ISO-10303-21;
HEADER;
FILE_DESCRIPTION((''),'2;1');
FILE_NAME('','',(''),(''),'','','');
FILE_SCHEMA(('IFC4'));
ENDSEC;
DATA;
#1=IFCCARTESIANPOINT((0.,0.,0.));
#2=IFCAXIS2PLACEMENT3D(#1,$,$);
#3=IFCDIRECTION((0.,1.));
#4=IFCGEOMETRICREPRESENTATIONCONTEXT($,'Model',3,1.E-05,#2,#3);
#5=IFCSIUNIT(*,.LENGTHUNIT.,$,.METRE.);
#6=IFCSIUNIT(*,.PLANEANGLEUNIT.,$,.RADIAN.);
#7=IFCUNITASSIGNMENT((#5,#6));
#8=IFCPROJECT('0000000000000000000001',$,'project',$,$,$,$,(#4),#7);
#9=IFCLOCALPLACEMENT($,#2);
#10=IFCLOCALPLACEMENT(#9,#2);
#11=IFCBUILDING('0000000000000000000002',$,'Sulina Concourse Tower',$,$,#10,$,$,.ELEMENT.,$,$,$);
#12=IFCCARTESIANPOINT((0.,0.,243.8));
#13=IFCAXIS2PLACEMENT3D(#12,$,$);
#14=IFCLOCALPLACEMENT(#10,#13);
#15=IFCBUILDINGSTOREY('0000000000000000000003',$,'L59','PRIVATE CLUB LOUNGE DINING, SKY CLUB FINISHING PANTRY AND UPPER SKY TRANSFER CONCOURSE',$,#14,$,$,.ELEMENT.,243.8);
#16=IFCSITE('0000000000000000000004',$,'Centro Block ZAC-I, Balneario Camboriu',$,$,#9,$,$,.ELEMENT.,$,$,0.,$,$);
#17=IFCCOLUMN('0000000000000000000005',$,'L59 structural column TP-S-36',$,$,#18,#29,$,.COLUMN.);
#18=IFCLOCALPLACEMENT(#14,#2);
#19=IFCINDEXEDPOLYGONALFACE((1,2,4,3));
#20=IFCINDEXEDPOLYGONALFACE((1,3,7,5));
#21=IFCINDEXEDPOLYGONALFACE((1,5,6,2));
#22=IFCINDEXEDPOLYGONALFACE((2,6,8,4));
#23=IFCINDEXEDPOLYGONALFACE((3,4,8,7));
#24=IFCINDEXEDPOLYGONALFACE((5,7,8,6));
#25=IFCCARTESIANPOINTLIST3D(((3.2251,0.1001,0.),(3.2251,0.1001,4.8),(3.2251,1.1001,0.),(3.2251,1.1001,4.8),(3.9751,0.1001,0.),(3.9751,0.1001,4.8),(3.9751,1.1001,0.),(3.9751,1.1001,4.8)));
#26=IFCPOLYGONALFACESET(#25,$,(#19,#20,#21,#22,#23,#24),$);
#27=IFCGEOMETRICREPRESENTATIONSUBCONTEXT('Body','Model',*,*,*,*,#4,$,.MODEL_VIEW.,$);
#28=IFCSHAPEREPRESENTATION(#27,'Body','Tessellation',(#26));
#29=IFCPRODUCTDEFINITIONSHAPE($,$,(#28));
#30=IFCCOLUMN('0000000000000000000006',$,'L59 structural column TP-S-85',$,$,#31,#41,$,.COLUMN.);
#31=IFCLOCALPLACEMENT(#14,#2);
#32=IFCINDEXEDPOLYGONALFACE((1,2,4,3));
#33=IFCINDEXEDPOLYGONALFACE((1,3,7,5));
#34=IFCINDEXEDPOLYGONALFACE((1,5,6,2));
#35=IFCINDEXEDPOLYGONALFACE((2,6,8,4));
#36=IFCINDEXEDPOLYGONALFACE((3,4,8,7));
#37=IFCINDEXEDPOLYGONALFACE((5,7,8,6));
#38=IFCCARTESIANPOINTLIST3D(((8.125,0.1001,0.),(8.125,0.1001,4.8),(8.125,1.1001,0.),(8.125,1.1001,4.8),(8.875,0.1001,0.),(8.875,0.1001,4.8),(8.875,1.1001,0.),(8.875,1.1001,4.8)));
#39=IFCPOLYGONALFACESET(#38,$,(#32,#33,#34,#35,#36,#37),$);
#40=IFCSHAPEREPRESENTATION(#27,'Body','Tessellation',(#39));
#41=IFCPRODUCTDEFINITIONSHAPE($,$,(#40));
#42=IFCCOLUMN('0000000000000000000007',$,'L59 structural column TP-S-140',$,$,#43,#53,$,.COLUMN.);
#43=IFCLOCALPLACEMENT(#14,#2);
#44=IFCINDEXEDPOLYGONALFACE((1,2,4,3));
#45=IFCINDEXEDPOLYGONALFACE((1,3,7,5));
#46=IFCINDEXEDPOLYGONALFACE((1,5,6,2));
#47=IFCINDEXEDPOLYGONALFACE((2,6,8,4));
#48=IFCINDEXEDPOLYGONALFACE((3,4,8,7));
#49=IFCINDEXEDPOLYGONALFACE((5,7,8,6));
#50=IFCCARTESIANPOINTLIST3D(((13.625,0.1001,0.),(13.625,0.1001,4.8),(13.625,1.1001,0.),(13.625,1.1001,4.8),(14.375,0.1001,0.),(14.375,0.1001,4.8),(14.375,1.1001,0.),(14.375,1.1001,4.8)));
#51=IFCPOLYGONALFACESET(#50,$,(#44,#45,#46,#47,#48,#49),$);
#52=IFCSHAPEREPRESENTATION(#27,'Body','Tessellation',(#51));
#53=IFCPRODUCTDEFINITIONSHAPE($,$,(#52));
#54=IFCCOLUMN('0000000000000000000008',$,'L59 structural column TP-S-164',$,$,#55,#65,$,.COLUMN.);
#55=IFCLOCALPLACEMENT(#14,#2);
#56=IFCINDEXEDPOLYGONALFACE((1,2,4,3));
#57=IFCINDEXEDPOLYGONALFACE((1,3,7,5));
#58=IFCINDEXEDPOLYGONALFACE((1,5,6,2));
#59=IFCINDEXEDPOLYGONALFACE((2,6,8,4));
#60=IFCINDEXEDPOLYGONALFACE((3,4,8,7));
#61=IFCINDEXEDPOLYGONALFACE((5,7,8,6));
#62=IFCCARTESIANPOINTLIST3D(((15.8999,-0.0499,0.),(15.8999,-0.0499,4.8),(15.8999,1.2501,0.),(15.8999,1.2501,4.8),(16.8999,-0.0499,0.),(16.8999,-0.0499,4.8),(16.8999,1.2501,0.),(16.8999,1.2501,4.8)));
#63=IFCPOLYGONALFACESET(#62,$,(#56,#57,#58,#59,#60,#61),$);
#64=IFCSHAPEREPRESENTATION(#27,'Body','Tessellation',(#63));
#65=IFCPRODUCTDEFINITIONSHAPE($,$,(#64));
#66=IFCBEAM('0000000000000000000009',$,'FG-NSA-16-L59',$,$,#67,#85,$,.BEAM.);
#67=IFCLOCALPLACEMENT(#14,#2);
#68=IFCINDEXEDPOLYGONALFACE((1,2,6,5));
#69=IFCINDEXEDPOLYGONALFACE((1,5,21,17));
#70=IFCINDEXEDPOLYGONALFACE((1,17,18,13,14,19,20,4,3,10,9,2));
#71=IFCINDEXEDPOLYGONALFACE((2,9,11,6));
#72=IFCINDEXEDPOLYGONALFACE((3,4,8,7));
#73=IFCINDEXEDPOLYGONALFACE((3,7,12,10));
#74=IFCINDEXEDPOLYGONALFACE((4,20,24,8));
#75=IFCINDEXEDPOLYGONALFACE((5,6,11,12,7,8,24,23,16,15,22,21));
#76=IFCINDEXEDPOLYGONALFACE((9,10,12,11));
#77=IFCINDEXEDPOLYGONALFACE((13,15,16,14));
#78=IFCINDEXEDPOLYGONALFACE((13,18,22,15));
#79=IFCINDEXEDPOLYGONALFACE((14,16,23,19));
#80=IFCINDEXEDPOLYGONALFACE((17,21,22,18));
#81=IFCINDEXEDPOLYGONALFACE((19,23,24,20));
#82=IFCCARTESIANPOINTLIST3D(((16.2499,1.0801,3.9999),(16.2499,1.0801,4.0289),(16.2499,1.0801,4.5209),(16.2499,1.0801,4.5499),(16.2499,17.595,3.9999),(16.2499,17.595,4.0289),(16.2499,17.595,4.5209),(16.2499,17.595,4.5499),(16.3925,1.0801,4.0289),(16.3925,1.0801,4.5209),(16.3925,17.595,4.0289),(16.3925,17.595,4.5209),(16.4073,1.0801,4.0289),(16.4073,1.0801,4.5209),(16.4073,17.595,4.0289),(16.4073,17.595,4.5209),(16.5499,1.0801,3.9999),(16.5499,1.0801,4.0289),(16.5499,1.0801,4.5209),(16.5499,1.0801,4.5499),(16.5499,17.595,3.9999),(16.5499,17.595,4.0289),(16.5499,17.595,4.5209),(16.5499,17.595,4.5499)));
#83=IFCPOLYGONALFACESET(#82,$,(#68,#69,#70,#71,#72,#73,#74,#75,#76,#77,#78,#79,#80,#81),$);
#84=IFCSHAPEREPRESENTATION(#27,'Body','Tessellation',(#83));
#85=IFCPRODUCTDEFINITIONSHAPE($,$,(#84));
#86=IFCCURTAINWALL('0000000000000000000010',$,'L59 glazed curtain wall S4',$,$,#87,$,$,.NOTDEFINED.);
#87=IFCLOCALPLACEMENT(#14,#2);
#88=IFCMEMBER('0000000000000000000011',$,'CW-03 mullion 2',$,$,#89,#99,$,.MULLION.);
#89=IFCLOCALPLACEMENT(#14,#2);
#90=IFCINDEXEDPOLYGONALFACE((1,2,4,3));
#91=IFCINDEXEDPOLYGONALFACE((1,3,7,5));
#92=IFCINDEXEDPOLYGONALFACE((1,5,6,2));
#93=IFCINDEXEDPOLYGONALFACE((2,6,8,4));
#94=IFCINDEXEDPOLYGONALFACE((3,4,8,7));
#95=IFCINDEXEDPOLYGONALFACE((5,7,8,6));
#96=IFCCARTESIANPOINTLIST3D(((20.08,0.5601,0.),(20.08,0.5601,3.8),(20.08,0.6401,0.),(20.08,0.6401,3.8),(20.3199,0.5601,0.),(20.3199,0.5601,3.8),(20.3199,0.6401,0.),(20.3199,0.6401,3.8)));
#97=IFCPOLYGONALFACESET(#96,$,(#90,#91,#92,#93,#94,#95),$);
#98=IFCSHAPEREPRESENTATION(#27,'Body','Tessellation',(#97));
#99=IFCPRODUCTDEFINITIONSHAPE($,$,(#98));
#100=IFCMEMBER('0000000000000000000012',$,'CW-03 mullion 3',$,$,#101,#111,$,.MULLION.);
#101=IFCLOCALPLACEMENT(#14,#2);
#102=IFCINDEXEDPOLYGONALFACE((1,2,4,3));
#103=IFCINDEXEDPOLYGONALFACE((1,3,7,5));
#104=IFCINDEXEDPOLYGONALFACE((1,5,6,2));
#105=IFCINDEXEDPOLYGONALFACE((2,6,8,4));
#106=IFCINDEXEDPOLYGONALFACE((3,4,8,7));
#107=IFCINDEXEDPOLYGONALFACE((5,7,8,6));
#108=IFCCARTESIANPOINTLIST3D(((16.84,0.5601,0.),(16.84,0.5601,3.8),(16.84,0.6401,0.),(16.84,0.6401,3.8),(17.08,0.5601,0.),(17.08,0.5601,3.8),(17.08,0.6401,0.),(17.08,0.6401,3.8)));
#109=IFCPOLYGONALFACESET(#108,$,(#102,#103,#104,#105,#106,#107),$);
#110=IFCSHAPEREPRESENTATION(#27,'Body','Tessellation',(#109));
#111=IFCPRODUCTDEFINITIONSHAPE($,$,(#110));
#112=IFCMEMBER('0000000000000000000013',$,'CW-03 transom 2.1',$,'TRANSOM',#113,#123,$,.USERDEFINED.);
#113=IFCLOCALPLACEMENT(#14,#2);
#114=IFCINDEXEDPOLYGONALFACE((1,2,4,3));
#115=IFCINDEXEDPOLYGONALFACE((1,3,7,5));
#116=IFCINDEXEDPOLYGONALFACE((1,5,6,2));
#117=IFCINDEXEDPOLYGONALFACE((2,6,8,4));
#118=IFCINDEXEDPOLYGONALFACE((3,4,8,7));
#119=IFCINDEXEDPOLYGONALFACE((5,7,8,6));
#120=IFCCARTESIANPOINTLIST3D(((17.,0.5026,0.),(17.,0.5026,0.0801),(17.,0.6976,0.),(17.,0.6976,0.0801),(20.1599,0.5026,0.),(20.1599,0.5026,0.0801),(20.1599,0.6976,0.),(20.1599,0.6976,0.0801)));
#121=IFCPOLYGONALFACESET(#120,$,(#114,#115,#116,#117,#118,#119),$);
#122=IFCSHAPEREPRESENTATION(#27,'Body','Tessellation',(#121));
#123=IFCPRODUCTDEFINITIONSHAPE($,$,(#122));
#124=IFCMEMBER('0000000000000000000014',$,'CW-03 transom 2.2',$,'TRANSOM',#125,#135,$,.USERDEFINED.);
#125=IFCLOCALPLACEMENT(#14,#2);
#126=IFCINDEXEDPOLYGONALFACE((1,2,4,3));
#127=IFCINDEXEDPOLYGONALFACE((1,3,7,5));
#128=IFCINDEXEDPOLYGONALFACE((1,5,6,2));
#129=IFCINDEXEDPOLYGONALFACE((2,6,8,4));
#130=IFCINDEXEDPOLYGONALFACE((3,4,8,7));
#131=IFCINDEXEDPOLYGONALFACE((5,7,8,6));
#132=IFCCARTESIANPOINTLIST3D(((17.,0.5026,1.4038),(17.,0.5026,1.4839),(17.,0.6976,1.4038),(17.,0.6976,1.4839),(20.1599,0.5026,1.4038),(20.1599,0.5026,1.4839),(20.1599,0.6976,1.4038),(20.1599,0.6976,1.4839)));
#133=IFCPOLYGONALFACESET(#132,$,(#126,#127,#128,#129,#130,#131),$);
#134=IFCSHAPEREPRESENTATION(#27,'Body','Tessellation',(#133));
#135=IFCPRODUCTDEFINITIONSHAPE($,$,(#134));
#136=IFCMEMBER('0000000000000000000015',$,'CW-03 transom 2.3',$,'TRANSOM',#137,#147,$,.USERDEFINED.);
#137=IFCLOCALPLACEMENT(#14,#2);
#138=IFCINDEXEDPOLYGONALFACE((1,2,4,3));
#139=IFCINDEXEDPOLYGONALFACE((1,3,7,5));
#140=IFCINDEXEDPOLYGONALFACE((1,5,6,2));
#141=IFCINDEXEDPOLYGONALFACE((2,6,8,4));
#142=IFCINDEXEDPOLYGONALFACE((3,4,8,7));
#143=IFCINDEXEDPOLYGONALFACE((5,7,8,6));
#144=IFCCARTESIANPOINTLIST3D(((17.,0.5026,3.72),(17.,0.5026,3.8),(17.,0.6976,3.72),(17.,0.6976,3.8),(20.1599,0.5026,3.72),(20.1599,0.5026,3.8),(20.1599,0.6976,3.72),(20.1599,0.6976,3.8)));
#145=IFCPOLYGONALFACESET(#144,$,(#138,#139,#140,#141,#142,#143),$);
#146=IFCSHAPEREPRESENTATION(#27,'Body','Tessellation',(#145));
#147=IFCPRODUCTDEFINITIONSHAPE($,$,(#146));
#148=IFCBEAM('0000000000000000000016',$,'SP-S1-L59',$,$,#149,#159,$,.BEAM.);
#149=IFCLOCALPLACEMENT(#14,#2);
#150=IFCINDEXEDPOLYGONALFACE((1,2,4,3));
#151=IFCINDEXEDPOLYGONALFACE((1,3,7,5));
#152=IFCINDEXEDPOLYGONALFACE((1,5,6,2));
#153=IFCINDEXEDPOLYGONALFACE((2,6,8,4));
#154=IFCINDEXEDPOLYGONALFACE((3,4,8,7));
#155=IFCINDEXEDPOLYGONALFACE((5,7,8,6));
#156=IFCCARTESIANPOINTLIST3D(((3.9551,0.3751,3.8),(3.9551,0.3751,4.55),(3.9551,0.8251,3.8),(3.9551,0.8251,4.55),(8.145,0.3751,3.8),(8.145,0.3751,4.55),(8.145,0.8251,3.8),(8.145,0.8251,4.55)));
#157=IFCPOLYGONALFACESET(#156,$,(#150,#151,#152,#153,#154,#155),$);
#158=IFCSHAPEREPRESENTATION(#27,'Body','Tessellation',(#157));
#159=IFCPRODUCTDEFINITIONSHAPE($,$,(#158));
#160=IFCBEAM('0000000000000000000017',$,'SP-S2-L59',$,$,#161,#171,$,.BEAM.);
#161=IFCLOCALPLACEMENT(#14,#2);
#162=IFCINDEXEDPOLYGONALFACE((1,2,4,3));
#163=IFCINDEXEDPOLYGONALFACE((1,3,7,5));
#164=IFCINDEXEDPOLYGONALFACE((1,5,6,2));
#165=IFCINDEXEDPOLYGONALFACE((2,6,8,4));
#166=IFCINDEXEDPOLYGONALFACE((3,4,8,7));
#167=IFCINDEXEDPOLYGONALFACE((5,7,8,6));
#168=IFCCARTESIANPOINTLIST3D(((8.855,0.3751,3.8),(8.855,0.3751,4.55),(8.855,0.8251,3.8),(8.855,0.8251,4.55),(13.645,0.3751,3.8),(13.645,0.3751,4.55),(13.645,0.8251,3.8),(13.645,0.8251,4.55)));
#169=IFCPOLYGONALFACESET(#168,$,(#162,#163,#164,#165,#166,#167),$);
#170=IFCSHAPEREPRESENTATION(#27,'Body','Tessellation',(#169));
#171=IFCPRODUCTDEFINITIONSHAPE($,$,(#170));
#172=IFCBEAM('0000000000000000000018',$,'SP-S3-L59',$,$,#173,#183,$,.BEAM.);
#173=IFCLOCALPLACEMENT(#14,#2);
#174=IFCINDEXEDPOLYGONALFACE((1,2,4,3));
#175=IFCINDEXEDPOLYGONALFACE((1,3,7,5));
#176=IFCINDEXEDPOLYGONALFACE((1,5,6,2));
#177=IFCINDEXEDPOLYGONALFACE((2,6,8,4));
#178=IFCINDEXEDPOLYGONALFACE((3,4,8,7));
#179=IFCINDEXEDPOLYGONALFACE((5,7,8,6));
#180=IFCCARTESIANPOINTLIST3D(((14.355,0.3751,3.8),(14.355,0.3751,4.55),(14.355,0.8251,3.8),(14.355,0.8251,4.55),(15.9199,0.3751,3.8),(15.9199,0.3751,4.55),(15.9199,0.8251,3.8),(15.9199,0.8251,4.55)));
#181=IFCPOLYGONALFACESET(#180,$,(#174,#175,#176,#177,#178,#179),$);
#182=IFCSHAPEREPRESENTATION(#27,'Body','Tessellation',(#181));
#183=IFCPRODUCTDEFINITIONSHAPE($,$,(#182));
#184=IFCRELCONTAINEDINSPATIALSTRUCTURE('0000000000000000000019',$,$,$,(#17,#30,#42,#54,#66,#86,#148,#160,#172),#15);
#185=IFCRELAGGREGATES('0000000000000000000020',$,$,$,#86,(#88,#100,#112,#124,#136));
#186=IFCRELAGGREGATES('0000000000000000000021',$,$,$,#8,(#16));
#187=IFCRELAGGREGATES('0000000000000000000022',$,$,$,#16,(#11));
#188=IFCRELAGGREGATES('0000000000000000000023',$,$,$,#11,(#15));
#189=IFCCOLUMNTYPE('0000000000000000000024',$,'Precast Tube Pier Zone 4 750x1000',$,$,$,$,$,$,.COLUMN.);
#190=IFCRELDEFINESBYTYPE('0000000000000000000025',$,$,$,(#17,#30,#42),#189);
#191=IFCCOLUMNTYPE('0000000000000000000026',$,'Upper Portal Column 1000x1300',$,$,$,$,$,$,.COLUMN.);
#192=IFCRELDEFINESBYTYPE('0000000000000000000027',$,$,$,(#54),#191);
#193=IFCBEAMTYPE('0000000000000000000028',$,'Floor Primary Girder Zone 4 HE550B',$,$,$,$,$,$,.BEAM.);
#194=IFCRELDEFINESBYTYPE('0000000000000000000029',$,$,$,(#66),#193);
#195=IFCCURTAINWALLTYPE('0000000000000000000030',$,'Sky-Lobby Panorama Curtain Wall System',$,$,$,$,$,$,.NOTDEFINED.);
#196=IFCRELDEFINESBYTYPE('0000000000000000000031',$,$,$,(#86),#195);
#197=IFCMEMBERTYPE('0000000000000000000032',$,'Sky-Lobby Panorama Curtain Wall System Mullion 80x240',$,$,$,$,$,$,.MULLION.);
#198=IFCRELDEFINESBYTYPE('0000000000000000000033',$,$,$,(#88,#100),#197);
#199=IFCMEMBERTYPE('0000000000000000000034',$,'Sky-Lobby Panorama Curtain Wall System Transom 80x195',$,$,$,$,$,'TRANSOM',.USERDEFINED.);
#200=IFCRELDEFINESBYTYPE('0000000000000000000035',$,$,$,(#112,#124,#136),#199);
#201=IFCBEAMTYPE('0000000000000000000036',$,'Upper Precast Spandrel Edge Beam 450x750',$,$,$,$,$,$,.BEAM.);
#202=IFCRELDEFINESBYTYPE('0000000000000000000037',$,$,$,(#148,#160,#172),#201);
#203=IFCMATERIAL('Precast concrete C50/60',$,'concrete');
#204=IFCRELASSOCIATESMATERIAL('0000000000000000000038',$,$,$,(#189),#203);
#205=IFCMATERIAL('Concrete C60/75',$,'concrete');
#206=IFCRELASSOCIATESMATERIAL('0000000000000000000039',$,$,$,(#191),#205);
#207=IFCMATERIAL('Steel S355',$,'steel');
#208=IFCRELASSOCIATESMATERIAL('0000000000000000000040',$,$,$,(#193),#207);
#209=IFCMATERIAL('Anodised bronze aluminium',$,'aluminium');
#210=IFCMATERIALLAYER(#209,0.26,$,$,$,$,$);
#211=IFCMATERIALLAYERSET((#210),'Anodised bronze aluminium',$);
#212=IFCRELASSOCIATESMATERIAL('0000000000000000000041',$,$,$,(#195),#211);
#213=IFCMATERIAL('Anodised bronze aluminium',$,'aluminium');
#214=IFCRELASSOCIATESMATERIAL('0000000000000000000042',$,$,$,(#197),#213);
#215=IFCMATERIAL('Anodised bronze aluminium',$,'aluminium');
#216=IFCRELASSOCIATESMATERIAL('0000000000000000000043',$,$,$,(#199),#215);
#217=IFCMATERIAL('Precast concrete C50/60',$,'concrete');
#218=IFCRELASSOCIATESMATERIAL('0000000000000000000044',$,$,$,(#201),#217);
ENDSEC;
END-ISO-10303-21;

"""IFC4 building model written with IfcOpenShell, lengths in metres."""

from ifc_helpers import new_model, si_unit, direction, frame, origin, origin_2d, place, context, subcontext, project, spatial, rectangle, i_section, extrude, material, layer, layer_set, material_profile, profile_set, type_object, element, aggregate, save


model = new_model("IFC4")

# Units and contexts
model_context = context("Model", 3, precision=1e-05, world=origin(), true_north=direction((0.0, 1.0)))
body_context = subcontext(model_context, "Body", "Model", "MODEL_VIEW")
ifc_project = project(units=[si_unit("LENGTHUNIT", "METRE"), si_unit("PLANEANGLEUNIT", "RADIAN")], contexts=[model_context])

# Site, building, storey
site_placement = place(None, origin())
site = spatial("IfcSite", under=ifc_project, at=site_placement, Name="Centro Block ZAC-I, Balneario Camboriu", CompositionType="ELEMENT", RefElevation=0.0)
building_placement = place(site_placement, origin())
building = spatial("IfcBuilding", under=site, at=building_placement, Name="Sulina Concourse Tower", CompositionType="ELEMENT")
storey_placement = place(building_placement, frame((0.0, 0.0, 243.8)))
storey = spatial("IfcBuildingStorey", under=building, at=storey_placement, Name="L59", Description="PRIVATE CLUB LOUNGE DINING, SKY CLUB FINISHING PANTRY AND UPPER SKY TRANSFER CONCOURSE", CompositionType="ELEMENT", Elevation=243.8)

# Columns
ifc_material_1 = material(Name="Precast concrete C50/60", Category="concrete")
ifc_material_profile_1 = material_profile(ifc_material_1, rectangle(XDim=0.75, YDim=1.0, at=origin_2d()), Name="PC 750x1000")
ifc_profile_set_1 = profile_set([ifc_material_profile_1], Name="Precast concrete C50/60")
column_type_1 = type_object("IfcColumnType", Name="Precast Tube Pier Zone 4 750x1000", PredefinedType="COLUMN", material=ifc_profile_set_1)
for number, where, z_axis, x_axis, name in (
    (1, (3.6001, 0.6001, 0.0), (0.0, 0.0, 1.0), (1.0, 0.0, 0.0), "L59 structural column TP-S-36"),
    (2, (8.5, 0.6001, 0.0), (0.0, 0.0, 1.0), (1.0, 0.0, 0.0), "L59 structural column TP-S-85"),
    (3, (14.0, 0.6001, 0.0), (0.0, 0.0, 1.0), (1.0, 0.0, 0.0), "L59 structural column TP-S-140"),
):
    element("IfcColumn", number, at=place(storey_placement, frame(where, z_axis=z_axis, x_axis=x_axis)), inside=storey, type_object=column_type_1, Name=name, PredefinedType="COLUMN", context=body_context, shape_type="SweptSolid", body=[
        extrude(rectangle(XDim=0.75, YDim=1.0, at=origin_2d()), origin(), (0.0, 0.0, 1.0), 4.8),
    ])
ifc_material_2 = material(Name="Concrete C60/75", Category="concrete")
ifc_material_profile_2 = material_profile(ifc_material_2, rectangle(XDim=1.0, YDim=1.3, at=origin_2d()), Name="RC 1000x1300")
ifc_profile_set_2 = profile_set([ifc_material_profile_2], Name="Concrete C60/75")
column_type_2 = type_object("IfcColumnType", Name="Upper Portal Column 1000x1300", PredefinedType="COLUMN", material=ifc_profile_set_2)
column_placement = place(storey_placement, frame((16.3999, 0.6001, 0.0), z_axis=(0.0, 0.0, 1.0), x_axis=(1.0, 0.0, 0.0)))
element("IfcColumn", 4, at=column_placement, inside=storey, type_object=column_type_2, Name="L59 structural column TP-S-164", PredefinedType="COLUMN", context=body_context, shape_type="SweptSolid", body=[
    extrude(rectangle(XDim=1.0, YDim=1.3, at=origin_2d()), origin(), (0.0, 0.0, 1.0), 4.8),
])

# Beam
ifc_material_3 = material(Name="Steel S355", Category="steel")
ifc_material_profile_3 = material_profile(ifc_material_3, i_section(OverallWidth=0.3, OverallDepth=0.55, WebThickness=0.0149, FlangeThickness=0.0291, at=origin_2d()), Name="HE 550 B")
ifc_profile_set_3 = profile_set([ifc_material_profile_3], Name="Steel S355")
beam_type_1 = type_object("IfcBeamType", Name="Floor Primary Girder Zone 4 HE550B", PredefinedType="BEAM", material=ifc_profile_set_3)
beam_1_placement = place(storey_placement, frame((16.3999, 1.0801, 4.2749), z_axis=(0.0, 1.0, 0.0), x_axis=(-1.0, 0.0, 0.0)))
element("IfcBeam", 5, at=beam_1_placement, inside=storey, type_object=beam_type_1, Name="FG-NSA-16-L59", PredefinedType="BEAM", context=body_context, shape_type="SweptSolid", body=[
    extrude(i_section(OverallWidth=0.3, OverallDepth=0.55, WebThickness=0.0149, FlangeThickness=0.0291, at=origin_2d()), origin(), (0.0, 0.0, 1.0), 16.5149),
])

# Curtain wall, members
ifc_material_4 = material(Name="Anodised bronze aluminium", Category="aluminium")
ifc_layer_1 = layer(ifc_material_4, 0.26)
ifc_layer_set_1 = layer_set([ifc_layer_1], Name="Anodised bronze aluminium")
curtain_wall_type = type_object("IfcCurtainWallType", Name="Sky-Lobby Panorama Curtain Wall System", PredefinedType="NOTDEFINED", material=ifc_layer_set_1)
curtain_wall_placement = place(storey_placement, origin())
curtain_wall = element("IfcCurtainWall", 6, at=curtain_wall_placement, inside=storey, type_object=curtain_wall_type, Name="L59 glazed curtain wall S4", PredefinedType="NOTDEFINED")
ifc_material_5 = material(Name="Anodised bronze aluminium", Category="aluminium")
ifc_material_profile_4 = material_profile(ifc_material_5, rectangle(XDim=0.0801, YDim=0.24, at=origin_2d()), Name="MUL 80x240")
ifc_profile_set_4 = profile_set([ifc_material_profile_4], Name="Anodised bronze aluminium")
member_type_1 = type_object("IfcMemberType", Name="Sky-Lobby Panorama Curtain Wall System Mullion 80x240", PredefinedType="MULLION", material=ifc_profile_set_4)
member_1_placement = place(storey_placement, frame((20.2, 0.6001, 0.0), z_axis=(0.0, 0.0, 1.0), x_axis=(0.0, -1.0, 0.0)))
member_1 = element("IfcMember", 7, at=member_1_placement, type_object=member_type_1, Name="CW-03 mullion 2", PredefinedType="MULLION", context=body_context, shape_type="SweptSolid", body=[
    extrude(rectangle(XDim=0.0801, YDim=0.24, at=origin_2d()), origin(), (0.0, 0.0, 1.0), 3.8),
])
member_2_placement = place(storey_placement, frame((16.96, 0.6001, 0.0), z_axis=(0.0, 0.0, 1.0), x_axis=(0.0, -1.0, 0.0)))
member_2 = element("IfcMember", 8, at=member_2_placement, type_object=member_type_1, Name="CW-03 mullion 3", PredefinedType="MULLION", context=body_context, shape_type="SweptSolid", body=[
    extrude(rectangle(XDim=0.0801, YDim=0.24, at=origin_2d()), origin(), (0.0, 0.0, 1.0), 3.8),
])
ifc_material_6 = material(Name="Anodised bronze aluminium", Category="aluminium")
ifc_material_profile_5 = material_profile(ifc_material_6, rectangle(XDim=0.1951, YDim=0.0801, at=origin_2d()), Name="TRN 80x195")
ifc_profile_set_5 = profile_set([ifc_material_profile_5], Name="Anodised bronze aluminium")
member_type_2 = type_object("IfcMemberType", Name="Sky-Lobby Panorama Curtain Wall System Transom 80x195", ElementType="TRANSOM", PredefinedType="USERDEFINED", material=ifc_profile_set_5)
member_3_placement = place(storey_placement, frame((20.1599, 0.6001, 0.04), z_axis=(-1.0, 0.0, 0.0), x_axis=(0.0, -1.0, 0.0)))
member_3 = element("IfcMember", 9, at=member_3_placement, type_object=member_type_2, Name="CW-03 transom 2.1", ObjectType="TRANSOM", PredefinedType="USERDEFINED", context=body_context, shape_type="SweptSolid", body=[
    extrude(rectangle(XDim=0.1951, YDim=0.0801, at=origin_2d()), origin(), (0.0, 0.0, 1.0), 3.1599),
])
member_4_placement = place(storey_placement, frame((20.1599, 0.6001, 1.4438), z_axis=(-1.0, 0.0, 0.0), x_axis=(0.0, -1.0, 0.0)))
member_4 = element("IfcMember", 10, at=member_4_placement, type_object=member_type_2, Name="CW-03 transom 2.2", ObjectType="TRANSOM", PredefinedType="USERDEFINED", context=body_context, shape_type="SweptSolid", body=[
    extrude(rectangle(XDim=0.1951, YDim=0.0801, at=origin_2d()), origin(), (0.0, 0.0, 1.0), 3.1599),
])
member_5_placement = place(storey_placement, frame((20.1599, 0.6001, 3.76), z_axis=(-1.0, 0.0, 0.0), x_axis=(0.0, -1.0, 0.0)))
member_5 = element("IfcMember", 11, at=member_5_placement, type_object=member_type_2, Name="CW-03 transom 2.3", ObjectType="TRANSOM", PredefinedType="USERDEFINED", context=body_context, shape_type="SweptSolid", body=[
    extrude(rectangle(XDim=0.1951, YDim=0.0801, at=origin_2d()), origin(), (0.0, 0.0, 1.0), 3.1599),
])

# Beams
ifc_material_7 = material(Name="Precast concrete C50/60", Category="concrete")
ifc_material_profile_6 = material_profile(ifc_material_7, rectangle(XDim=0.45, YDim=0.75, at=origin_2d()), Name="RC 450x750")
ifc_profile_set_6 = profile_set([ifc_material_profile_6], Name="Precast concrete C50/60")
beam_type_2 = type_object("IfcBeamType", Name="Upper Precast Spandrel Edge Beam 450x750", PredefinedType="BEAM", material=ifc_profile_set_6)
beam_2_placement = place(storey_placement, frame((3.9551, 0.6001, 4.175), z_axis=(1.0, 0.0, 0.0), x_axis=(0.0, 1.0, 0.0)))
element("IfcBeam", 12, at=beam_2_placement, inside=storey, type_object=beam_type_2, Name="SP-S1-L59", PredefinedType="BEAM", context=body_context, shape_type="SweptSolid", body=[
    extrude(rectangle(XDim=0.45, YDim=0.75, at=origin_2d()), origin(), (0.0, 0.0, 1.0), 4.1899),
])
beam_3_placement = place(storey_placement, frame((8.855, 0.6001, 4.175), z_axis=(1.0, 0.0, 0.0), x_axis=(0.0, 1.0, 0.0)))
element("IfcBeam", 13, at=beam_3_placement, inside=storey, type_object=beam_type_2, Name="SP-S2-L59", PredefinedType="BEAM", context=body_context, shape_type="SweptSolid", body=[
    extrude(rectangle(XDim=0.45, YDim=0.75, at=origin_2d()), origin(), (0.0, 0.0, 1.0), 4.79),
])
beam_4_placement = place(storey_placement, frame((14.355, 0.6001, 4.175), z_axis=(1.0, 0.0, 0.0), x_axis=(0.0, 1.0, 0.0)))
element("IfcBeam", 14, at=beam_4_placement, inside=storey, type_object=beam_type_2, Name="SP-S3-L59", PredefinedType="BEAM", context=body_context, shape_type="SweptSolid", body=[
    extrude(rectangle(XDim=0.45, YDim=0.75, at=origin_2d()), origin(), (0.0, 0.0, 1.0), 1.5649),
])

aggregate(curtain_wall, [member_1, member_2, member_3, member_4, member_5])

save(model, "model.ifc")
